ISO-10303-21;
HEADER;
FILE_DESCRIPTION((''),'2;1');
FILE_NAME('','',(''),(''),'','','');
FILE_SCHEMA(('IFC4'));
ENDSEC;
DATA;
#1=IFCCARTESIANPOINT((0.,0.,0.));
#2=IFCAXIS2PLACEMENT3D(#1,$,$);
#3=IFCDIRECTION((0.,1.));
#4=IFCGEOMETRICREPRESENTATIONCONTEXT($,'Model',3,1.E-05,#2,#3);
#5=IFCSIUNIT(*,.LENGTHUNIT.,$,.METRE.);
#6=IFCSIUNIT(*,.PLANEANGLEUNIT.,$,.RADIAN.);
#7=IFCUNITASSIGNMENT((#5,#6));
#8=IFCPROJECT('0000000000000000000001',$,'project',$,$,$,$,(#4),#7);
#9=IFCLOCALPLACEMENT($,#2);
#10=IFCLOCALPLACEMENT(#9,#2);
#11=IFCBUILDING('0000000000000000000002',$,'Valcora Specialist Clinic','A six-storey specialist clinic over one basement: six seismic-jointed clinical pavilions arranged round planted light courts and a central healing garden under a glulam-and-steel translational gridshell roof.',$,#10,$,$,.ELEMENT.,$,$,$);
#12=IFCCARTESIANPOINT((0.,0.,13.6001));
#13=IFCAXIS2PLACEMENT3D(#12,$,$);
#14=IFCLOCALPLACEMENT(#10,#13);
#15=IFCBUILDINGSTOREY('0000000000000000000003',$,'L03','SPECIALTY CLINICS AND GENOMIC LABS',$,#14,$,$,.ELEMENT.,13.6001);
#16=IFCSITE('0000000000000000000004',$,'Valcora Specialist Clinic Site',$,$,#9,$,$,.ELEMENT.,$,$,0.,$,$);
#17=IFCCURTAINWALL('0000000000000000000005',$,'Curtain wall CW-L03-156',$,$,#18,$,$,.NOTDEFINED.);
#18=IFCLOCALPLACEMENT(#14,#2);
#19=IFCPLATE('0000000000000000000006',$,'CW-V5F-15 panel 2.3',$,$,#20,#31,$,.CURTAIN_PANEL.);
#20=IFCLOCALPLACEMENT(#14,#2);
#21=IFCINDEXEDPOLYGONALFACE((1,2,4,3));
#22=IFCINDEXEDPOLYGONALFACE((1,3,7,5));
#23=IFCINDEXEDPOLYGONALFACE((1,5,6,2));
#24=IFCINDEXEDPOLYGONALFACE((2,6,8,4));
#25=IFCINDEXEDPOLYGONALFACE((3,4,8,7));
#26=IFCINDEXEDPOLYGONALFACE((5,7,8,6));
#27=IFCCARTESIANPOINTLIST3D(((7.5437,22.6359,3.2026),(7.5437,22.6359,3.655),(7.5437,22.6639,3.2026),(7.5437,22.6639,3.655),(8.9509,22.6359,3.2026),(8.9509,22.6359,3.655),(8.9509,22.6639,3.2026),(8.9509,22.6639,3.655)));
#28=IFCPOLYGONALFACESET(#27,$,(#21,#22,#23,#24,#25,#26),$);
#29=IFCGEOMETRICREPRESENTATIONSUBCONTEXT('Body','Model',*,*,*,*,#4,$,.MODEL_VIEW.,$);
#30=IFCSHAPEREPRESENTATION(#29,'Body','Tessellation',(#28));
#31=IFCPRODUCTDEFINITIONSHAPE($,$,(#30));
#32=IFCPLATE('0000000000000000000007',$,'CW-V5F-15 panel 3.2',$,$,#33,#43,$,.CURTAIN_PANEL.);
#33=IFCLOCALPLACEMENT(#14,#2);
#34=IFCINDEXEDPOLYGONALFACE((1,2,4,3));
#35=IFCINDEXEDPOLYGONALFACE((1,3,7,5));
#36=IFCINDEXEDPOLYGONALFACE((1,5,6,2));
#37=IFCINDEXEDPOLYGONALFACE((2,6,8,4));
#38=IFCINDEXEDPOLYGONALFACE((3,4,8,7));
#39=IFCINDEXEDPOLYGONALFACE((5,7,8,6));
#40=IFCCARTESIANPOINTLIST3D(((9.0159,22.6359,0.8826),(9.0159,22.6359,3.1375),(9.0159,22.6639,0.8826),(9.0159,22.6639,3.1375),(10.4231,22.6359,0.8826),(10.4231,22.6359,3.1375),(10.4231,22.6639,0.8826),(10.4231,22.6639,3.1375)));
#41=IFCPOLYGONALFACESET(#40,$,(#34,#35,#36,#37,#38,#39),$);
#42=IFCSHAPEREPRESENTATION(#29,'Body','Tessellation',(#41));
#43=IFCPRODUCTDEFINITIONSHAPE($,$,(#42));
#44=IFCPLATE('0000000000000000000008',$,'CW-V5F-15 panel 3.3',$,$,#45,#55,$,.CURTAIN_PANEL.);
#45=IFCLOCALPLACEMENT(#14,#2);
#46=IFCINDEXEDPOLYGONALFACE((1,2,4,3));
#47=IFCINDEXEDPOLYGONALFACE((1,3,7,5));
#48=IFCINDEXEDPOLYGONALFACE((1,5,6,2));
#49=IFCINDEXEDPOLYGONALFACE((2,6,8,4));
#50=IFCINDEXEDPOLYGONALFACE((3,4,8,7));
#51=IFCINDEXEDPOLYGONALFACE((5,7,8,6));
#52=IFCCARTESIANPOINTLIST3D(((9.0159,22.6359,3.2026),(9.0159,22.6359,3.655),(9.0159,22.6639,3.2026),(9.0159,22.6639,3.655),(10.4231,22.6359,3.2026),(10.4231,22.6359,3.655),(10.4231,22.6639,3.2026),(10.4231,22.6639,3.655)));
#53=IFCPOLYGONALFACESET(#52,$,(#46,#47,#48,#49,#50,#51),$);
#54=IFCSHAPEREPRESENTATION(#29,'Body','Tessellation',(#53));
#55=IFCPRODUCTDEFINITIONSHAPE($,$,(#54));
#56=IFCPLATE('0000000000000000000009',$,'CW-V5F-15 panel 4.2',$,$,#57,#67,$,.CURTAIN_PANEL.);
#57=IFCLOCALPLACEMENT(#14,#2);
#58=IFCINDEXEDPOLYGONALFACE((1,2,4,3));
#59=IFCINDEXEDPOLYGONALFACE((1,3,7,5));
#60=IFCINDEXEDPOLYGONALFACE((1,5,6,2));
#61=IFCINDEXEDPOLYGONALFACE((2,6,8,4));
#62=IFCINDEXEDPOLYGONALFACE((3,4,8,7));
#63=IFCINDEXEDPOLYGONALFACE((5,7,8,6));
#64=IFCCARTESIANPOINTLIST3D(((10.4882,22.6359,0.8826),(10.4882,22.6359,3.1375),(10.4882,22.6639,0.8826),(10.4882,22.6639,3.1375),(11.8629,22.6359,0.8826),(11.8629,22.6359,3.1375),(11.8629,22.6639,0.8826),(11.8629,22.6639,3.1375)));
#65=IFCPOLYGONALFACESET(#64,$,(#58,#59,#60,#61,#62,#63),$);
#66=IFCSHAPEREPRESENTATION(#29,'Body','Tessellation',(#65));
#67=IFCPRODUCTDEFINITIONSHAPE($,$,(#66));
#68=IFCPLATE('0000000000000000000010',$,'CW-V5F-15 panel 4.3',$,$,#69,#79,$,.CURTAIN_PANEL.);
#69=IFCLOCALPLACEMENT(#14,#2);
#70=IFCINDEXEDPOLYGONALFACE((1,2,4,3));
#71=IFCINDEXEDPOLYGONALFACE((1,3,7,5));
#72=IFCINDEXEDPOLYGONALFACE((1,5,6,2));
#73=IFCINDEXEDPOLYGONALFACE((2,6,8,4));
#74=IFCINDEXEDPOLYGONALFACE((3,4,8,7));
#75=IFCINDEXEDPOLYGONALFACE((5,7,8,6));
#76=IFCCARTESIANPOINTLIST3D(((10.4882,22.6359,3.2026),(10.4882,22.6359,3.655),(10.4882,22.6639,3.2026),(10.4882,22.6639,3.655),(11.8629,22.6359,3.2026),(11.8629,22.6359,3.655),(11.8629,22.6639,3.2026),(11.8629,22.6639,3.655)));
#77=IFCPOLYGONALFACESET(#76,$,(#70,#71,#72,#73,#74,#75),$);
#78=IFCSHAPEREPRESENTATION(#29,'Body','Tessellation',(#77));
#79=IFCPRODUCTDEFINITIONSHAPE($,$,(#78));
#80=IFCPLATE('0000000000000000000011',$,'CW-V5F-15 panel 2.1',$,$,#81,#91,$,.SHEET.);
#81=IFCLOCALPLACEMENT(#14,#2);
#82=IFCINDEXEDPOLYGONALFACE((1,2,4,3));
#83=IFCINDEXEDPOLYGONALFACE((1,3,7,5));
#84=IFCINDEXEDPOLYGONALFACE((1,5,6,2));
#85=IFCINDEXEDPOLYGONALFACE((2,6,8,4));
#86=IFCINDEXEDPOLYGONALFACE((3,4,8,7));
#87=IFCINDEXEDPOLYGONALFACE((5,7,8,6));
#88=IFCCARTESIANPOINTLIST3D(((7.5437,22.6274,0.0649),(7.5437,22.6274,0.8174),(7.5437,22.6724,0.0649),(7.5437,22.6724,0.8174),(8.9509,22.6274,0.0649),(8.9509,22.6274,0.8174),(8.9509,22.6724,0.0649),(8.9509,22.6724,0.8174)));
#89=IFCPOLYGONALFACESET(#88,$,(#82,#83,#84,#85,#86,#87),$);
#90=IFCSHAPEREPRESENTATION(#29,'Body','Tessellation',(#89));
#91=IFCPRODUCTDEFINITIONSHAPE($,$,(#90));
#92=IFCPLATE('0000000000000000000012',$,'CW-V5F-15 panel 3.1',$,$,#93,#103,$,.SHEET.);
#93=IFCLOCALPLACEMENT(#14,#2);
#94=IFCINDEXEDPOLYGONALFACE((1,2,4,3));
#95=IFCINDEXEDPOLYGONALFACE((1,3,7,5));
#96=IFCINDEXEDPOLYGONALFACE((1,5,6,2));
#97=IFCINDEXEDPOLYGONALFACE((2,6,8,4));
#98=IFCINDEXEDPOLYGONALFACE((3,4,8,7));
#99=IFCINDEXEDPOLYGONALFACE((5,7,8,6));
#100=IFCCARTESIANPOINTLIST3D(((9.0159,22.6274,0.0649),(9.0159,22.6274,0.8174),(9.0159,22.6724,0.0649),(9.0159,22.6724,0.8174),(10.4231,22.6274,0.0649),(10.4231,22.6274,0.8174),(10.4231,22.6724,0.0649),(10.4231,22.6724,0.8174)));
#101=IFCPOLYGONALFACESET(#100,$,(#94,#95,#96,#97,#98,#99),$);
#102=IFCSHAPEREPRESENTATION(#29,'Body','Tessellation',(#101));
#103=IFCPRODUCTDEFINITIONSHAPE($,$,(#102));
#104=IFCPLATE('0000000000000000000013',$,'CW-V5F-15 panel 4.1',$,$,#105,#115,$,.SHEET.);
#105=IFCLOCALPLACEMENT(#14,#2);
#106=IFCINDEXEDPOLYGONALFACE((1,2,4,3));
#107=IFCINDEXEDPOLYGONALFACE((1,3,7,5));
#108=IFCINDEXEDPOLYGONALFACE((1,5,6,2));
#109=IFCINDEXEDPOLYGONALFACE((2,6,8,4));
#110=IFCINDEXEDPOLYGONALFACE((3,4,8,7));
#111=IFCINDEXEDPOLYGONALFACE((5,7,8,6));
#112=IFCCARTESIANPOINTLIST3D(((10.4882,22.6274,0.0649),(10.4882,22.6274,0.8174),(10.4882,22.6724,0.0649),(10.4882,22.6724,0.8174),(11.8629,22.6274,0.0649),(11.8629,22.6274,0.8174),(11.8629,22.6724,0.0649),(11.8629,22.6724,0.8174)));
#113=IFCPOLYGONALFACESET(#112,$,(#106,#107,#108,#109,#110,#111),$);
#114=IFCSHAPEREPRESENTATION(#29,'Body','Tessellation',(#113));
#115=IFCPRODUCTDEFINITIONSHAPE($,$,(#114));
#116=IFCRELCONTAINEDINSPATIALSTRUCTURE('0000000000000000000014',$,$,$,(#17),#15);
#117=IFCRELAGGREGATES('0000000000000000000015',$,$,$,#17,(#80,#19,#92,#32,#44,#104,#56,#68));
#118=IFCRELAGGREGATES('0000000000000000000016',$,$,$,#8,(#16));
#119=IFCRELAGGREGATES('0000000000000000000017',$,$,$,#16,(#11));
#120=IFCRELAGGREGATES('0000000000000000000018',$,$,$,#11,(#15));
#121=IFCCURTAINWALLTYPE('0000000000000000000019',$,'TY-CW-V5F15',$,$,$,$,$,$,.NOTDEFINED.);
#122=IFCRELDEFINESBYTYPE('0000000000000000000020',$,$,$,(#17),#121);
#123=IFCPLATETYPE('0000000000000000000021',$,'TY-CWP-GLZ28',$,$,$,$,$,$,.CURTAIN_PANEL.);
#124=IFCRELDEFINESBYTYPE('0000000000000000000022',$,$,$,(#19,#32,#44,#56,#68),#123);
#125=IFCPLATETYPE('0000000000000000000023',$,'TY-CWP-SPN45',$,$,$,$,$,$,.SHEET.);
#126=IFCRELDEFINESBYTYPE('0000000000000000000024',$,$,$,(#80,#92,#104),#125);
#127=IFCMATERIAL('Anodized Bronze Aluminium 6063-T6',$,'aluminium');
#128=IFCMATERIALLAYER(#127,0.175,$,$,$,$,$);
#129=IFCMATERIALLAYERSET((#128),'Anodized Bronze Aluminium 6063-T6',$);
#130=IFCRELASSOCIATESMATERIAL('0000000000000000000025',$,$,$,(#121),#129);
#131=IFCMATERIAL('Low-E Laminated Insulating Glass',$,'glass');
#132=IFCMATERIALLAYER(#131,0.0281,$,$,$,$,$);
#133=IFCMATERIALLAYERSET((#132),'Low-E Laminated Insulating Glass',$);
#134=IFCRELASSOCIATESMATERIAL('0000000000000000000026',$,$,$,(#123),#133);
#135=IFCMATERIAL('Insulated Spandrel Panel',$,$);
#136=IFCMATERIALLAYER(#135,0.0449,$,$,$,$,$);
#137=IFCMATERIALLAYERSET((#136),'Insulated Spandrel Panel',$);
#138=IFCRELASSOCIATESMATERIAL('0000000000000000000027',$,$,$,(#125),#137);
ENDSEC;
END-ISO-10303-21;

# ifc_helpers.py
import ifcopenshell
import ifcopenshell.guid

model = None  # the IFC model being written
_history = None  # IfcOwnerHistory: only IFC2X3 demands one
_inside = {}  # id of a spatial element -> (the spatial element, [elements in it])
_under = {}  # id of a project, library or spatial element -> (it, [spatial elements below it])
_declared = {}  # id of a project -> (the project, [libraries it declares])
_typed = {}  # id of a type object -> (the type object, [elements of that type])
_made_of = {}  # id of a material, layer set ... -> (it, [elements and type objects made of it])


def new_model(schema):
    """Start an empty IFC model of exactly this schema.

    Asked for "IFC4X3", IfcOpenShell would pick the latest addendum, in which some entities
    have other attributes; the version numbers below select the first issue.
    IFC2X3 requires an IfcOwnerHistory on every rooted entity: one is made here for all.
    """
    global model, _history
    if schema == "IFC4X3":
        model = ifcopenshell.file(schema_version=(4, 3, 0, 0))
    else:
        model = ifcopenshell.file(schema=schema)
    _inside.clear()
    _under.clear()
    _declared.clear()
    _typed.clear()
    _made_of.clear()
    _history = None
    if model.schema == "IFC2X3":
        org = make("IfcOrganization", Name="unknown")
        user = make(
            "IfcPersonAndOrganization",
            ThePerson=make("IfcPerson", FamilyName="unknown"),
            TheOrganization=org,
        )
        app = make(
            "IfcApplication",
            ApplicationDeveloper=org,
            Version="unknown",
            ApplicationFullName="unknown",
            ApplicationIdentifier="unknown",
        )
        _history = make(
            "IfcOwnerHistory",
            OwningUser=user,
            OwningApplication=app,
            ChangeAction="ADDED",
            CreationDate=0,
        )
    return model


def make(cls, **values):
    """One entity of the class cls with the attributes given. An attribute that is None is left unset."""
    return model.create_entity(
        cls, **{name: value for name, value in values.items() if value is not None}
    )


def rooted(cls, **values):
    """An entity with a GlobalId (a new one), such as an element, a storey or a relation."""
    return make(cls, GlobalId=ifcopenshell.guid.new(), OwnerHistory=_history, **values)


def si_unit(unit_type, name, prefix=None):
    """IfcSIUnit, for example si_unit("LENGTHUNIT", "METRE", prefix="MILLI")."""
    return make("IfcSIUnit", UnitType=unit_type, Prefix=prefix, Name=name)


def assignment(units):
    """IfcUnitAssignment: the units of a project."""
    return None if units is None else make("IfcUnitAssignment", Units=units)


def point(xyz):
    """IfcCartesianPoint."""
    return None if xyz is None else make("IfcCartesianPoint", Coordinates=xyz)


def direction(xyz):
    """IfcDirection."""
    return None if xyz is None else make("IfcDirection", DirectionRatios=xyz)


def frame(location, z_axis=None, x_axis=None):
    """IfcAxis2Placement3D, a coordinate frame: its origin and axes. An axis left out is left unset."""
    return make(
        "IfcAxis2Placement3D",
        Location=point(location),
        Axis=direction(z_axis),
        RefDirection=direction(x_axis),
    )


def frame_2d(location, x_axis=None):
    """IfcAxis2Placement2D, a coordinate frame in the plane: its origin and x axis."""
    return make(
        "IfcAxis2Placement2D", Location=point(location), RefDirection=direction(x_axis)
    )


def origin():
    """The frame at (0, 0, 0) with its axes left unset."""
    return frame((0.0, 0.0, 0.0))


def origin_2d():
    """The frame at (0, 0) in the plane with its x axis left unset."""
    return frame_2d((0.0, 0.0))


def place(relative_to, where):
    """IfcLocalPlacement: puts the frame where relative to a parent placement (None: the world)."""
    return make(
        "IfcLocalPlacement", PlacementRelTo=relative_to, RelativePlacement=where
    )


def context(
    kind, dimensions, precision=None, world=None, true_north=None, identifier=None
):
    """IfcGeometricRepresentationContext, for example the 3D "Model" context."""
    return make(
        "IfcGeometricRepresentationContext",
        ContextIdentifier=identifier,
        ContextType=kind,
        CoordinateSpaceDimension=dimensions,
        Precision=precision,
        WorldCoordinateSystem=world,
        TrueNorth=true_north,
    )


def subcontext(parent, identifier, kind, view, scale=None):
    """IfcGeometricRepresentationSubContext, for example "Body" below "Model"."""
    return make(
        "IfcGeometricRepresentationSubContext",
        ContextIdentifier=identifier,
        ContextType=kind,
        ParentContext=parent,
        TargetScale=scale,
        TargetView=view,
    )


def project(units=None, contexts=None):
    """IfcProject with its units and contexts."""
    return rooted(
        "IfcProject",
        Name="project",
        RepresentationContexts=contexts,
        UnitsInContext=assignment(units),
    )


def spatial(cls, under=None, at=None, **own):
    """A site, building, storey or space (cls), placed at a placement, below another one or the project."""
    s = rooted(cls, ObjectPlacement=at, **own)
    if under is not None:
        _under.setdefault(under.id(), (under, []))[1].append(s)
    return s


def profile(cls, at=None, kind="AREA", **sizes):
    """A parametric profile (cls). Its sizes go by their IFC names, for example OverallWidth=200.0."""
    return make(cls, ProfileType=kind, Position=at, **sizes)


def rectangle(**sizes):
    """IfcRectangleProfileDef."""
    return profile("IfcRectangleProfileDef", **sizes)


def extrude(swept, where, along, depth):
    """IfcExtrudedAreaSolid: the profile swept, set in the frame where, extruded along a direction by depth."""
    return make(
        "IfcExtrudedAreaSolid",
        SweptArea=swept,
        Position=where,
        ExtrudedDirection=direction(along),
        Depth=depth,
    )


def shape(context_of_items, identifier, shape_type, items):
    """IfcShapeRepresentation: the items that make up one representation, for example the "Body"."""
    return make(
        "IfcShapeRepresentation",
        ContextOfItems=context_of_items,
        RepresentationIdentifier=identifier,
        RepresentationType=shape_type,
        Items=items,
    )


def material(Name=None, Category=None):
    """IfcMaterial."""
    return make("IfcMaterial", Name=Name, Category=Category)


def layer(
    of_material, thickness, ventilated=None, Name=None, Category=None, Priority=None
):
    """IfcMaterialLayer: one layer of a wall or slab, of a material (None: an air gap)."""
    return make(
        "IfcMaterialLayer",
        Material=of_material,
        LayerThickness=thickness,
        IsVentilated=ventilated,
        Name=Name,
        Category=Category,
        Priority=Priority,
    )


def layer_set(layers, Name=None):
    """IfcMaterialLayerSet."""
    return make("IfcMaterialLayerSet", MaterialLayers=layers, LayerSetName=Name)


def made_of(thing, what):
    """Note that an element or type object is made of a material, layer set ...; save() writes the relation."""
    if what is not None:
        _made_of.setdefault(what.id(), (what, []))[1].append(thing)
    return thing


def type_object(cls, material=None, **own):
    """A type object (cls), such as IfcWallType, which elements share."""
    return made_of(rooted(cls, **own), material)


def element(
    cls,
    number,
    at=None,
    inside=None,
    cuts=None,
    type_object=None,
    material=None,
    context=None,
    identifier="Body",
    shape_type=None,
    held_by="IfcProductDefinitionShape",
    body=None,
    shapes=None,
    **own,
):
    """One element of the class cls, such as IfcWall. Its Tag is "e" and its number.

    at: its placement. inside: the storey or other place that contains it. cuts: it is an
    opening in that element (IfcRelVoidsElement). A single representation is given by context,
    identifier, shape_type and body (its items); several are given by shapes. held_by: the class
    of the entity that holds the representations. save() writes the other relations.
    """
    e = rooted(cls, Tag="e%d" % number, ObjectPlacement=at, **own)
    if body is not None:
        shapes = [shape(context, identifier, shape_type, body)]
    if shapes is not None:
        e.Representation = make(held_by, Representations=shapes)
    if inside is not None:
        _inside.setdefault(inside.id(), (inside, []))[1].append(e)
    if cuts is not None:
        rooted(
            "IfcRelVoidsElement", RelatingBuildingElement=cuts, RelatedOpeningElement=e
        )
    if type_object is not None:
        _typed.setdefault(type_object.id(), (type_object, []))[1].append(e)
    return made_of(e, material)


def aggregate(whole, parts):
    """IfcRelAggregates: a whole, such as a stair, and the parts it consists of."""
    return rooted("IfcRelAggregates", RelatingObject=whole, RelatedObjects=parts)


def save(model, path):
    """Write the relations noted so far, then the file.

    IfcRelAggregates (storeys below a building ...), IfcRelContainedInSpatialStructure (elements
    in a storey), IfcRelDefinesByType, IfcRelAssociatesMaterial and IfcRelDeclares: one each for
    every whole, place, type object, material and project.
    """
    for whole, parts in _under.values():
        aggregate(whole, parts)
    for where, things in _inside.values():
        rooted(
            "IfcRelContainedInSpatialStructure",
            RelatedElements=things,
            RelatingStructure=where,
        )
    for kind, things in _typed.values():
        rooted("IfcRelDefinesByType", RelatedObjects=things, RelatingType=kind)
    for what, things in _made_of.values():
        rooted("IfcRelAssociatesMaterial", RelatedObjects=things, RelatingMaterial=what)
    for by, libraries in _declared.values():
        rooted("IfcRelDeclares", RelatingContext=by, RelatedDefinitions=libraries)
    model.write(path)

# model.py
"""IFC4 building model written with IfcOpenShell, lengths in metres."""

from ifc_helpers import new_model, si_unit, direction, frame, origin, origin_2d, place, context, subcontext, project, spatial, rectangle, extrude, material, layer, layer_set, type_object, element, aggregate, save


model = new_model("IFC4")

# Units and contexts
model_context = context("Model", 3, precision=1e-05, world=origin(), true_north=direction((0.0, 1.0)))
body_context = subcontext(model_context, "Body", "Model", "MODEL_VIEW")
ifc_project = project(units=[si_unit("LENGTHUNIT", "METRE"), si_unit("PLANEANGLEUNIT", "RADIAN")], contexts=[model_context])

# Site, building, storey
site_placement = place(None, origin())
site = spatial("IfcSite", under=ifc_project, at=site_placement, Name="Valcora Specialist Clinic Site", CompositionType="ELEMENT", RefElevation=0.0)
building_placement = place(site_placement, origin())
building = spatial("IfcBuilding", under=site, at=building_placement, Name="Valcora Specialist Clinic", Description="A six-storey specialist clinic over one basement: six seismic-jointed clinical pavilions arranged round planted light courts and a central healing garden under a glulam-and-steel translational gridshell roof.", CompositionType="ELEMENT")
storey_placement = place(building_placement, frame((0.0, 0.0, 13.6001)))
storey = spatial("IfcBuildingStorey", under=building, at=storey_placement, Name="L03", Description="SPECIALTY CLINICS AND GENOMIC LABS", CompositionType="ELEMENT", Elevation=13.6001)

# Curtain wall
ifc_material_1 = material(Name="Anodized Bronze Aluminium 6063-T6", Category="aluminium")
ifc_layer_1 = layer(ifc_material_1, 0.175)
ifc_layer_set_1 = layer_set([ifc_layer_1], Name="Anodized Bronze Aluminium 6063-T6")
curtain_wall_type = type_object("IfcCurtainWallType", Name="TY-CW-V5F15", PredefinedType="NOTDEFINED", material=ifc_layer_set_1)
curtain_wall_1_placement = place(storey_placement, origin())
curtain_wall_1 = element("IfcCurtainWall", 1, at=curtain_wall_1_placement, inside=storey, type_object=curtain_wall_type, Name="Curtain wall CW-L03-156", PredefinedType="NOTDEFINED")

# Plates
ifc_material_2 = material(Name="Low-E Laminated Insulating Glass", Category="glass")
ifc_layer_2 = layer(ifc_material_2, 0.0281)
ifc_layer_set_2 = layer_set([ifc_layer_2], Name="Low-E Laminated Insulating Glass")
plate_type_1 = type_object("IfcPlateType", Name="TY-CWP-GLZ28", PredefinedType="CURTAIN_PANEL", material=ifc_layer_set_2)
plate_1_placement = place(storey_placement, frame((8.2473, 22.6499, 3.2026), z_axis=(0.0, 0.0, 1.0), x_axis=(1.0, 0.0, 0.0)))
plate_1 = element("IfcPlate", 2, at=plate_1_placement, type_object=plate_type_1, Name="CW-V5F-15 panel 2.3", PredefinedType="CURTAIN_PANEL", context=body_context, shape_type="SweptSolid", body=[
    extrude(rectangle(XDim=1.4072, YDim=0.0281, at=origin_2d()), origin(), (0.0, 0.0, 1.0), 0.4524),
])
plate_2_placement = place(storey_placement, frame((9.7195, 22.6499, 0.8826), z_axis=(0.0, 0.0, 1.0), x_axis=(1.0, 0.0, 0.0)))
plate_2 = element("IfcPlate", 3, at=plate_2_placement, type_object=plate_type_1, Name="CW-V5F-15 panel 3.2", PredefinedType="CURTAIN_PANEL", context=body_context, shape_type="SweptSolid", body=[
    extrude(rectangle(XDim=1.4072, YDim=0.0281, at=origin_2d()), origin(), (0.0, 0.0, 1.0), 2.2549),
])
plate_3_placement = place(storey_placement, frame((9.7195, 22.6499, 3.2026), z_axis=(0.0, 0.0, 1.0), x_axis=(1.0, 0.0, 0.0)))
plate_3 = element("IfcPlate", 4, at=plate_3_placement, type_object=plate_type_1, Name="CW-V5F-15 panel 3.3", PredefinedType="CURTAIN_PANEL", context=body_context, shape_type="SweptSolid", body=[
    extrude(rectangle(XDim=1.4072, YDim=0.0281, at=origin_2d()), origin(), (0.0, 0.0, 1.0), 0.4524),
])
plate_4_placement = place(storey_placement, frame((11.1755, 22.6499, 0.8826), z_axis=(0.0, 0.0, 1.0), x_axis=(1.0, 0.0, 0.0)))
plate_4 = element("IfcPlate", 5, at=plate_4_placement, type_object=plate_type_1, Name="CW-V5F-15 panel 4.2", PredefinedType="CURTAIN_PANEL", context=body_context, shape_type="SweptSolid", body=[
    extrude(rectangle(XDim=1.3748, YDim=0.0281, at=origin_2d()), origin(), (0.0, 0.0, 1.0), 2.2549),
])
plate_5_placement = place(storey_placement, frame((11.1755, 22.6499, 3.2026), z_axis=(0.0, 0.0, 1.0), x_axis=(1.0, 0.0, 0.0)))
plate_5 = element("IfcPlate", 6, at=plate_5_placement, type_object=plate_type_1, Name="CW-V5F-15 panel 4.3", PredefinedType="CURTAIN_PANEL", context=body_context, shape_type="SweptSolid", body=[
    extrude(rectangle(XDim=1.3748, YDim=0.0281, at=origin_2d()), origin(), (0.0, 0.0, 1.0), 0.4524),
])
ifc_material_3 = material(Name="Insulated Spandrel Panel")
ifc_layer_3 = layer(ifc_material_3, 0.0449)
ifc_layer_set_3 = layer_set([ifc_layer_3], Name="Insulated Spandrel Panel")
plate_type_2 = type_object("IfcPlateType", Name="TY-CWP-SPN45", PredefinedType="SHEET", material=ifc_layer_set_3)
plate_6_placement = place(storey_placement, frame((8.2473, 22.6499, 0.0649), z_axis=(0.0, 0.0, 1.0), x_axis=(1.0, 0.0, 0.0)))
plate_6 = element("IfcPlate", 7, at=plate_6_placement, type_object=plate_type_2, Name="CW-V5F-15 panel 2.1", PredefinedType="SHEET", context=body_context, shape_type="SweptSolid", body=[
    extrude(rectangle(XDim=1.4072, YDim=0.0449, at=origin_2d()), origin(), (0.0, 0.0, 1.0), 0.7524),
])
plate_7_placement = place(storey_placement, frame((9.7195, 22.6499, 0.0649), z_axis=(0.0, 0.0, 1.0), x_axis=(1.0, 0.0, 0.0)))
plate_7 = element("IfcPlate", 8, at=plate_7_placement, type_object=plate_type_2, Name="CW-V5F-15 panel 3.1", PredefinedType="SHEET", context=body_context, shape_type="SweptSolid", body=[
    extrude(rectangle(XDim=1.4072, YDim=0.0449, at=origin_2d()), origin(), (0.0, 0.0, 1.0), 0.7524),
])
plate_8_placement = place(storey_placement, frame((11.1755, 22.6499, 0.0649), z_axis=(0.0, 0.0, 1.0), x_axis=(1.0, 0.0, 0.0)))
plate_8 = element("IfcPlate", 9, at=plate_8_placement, type_object=plate_type_2, Name="CW-V5F-15 panel 4.1", PredefinedType="SHEET", context=body_context, shape_type="SweptSolid", body=[
    extrude(rectangle(XDim=1.3748, YDim=0.0449, at=origin_2d()), origin(), (0.0, 0.0, 1.0), 0.7524),
])
aggregate(curtain_wall_1, [plate_6, plate_1, plate_7, plate_2, plate_3, plate_8, plate_4, plate_5])

save(model, "model.ifc")
